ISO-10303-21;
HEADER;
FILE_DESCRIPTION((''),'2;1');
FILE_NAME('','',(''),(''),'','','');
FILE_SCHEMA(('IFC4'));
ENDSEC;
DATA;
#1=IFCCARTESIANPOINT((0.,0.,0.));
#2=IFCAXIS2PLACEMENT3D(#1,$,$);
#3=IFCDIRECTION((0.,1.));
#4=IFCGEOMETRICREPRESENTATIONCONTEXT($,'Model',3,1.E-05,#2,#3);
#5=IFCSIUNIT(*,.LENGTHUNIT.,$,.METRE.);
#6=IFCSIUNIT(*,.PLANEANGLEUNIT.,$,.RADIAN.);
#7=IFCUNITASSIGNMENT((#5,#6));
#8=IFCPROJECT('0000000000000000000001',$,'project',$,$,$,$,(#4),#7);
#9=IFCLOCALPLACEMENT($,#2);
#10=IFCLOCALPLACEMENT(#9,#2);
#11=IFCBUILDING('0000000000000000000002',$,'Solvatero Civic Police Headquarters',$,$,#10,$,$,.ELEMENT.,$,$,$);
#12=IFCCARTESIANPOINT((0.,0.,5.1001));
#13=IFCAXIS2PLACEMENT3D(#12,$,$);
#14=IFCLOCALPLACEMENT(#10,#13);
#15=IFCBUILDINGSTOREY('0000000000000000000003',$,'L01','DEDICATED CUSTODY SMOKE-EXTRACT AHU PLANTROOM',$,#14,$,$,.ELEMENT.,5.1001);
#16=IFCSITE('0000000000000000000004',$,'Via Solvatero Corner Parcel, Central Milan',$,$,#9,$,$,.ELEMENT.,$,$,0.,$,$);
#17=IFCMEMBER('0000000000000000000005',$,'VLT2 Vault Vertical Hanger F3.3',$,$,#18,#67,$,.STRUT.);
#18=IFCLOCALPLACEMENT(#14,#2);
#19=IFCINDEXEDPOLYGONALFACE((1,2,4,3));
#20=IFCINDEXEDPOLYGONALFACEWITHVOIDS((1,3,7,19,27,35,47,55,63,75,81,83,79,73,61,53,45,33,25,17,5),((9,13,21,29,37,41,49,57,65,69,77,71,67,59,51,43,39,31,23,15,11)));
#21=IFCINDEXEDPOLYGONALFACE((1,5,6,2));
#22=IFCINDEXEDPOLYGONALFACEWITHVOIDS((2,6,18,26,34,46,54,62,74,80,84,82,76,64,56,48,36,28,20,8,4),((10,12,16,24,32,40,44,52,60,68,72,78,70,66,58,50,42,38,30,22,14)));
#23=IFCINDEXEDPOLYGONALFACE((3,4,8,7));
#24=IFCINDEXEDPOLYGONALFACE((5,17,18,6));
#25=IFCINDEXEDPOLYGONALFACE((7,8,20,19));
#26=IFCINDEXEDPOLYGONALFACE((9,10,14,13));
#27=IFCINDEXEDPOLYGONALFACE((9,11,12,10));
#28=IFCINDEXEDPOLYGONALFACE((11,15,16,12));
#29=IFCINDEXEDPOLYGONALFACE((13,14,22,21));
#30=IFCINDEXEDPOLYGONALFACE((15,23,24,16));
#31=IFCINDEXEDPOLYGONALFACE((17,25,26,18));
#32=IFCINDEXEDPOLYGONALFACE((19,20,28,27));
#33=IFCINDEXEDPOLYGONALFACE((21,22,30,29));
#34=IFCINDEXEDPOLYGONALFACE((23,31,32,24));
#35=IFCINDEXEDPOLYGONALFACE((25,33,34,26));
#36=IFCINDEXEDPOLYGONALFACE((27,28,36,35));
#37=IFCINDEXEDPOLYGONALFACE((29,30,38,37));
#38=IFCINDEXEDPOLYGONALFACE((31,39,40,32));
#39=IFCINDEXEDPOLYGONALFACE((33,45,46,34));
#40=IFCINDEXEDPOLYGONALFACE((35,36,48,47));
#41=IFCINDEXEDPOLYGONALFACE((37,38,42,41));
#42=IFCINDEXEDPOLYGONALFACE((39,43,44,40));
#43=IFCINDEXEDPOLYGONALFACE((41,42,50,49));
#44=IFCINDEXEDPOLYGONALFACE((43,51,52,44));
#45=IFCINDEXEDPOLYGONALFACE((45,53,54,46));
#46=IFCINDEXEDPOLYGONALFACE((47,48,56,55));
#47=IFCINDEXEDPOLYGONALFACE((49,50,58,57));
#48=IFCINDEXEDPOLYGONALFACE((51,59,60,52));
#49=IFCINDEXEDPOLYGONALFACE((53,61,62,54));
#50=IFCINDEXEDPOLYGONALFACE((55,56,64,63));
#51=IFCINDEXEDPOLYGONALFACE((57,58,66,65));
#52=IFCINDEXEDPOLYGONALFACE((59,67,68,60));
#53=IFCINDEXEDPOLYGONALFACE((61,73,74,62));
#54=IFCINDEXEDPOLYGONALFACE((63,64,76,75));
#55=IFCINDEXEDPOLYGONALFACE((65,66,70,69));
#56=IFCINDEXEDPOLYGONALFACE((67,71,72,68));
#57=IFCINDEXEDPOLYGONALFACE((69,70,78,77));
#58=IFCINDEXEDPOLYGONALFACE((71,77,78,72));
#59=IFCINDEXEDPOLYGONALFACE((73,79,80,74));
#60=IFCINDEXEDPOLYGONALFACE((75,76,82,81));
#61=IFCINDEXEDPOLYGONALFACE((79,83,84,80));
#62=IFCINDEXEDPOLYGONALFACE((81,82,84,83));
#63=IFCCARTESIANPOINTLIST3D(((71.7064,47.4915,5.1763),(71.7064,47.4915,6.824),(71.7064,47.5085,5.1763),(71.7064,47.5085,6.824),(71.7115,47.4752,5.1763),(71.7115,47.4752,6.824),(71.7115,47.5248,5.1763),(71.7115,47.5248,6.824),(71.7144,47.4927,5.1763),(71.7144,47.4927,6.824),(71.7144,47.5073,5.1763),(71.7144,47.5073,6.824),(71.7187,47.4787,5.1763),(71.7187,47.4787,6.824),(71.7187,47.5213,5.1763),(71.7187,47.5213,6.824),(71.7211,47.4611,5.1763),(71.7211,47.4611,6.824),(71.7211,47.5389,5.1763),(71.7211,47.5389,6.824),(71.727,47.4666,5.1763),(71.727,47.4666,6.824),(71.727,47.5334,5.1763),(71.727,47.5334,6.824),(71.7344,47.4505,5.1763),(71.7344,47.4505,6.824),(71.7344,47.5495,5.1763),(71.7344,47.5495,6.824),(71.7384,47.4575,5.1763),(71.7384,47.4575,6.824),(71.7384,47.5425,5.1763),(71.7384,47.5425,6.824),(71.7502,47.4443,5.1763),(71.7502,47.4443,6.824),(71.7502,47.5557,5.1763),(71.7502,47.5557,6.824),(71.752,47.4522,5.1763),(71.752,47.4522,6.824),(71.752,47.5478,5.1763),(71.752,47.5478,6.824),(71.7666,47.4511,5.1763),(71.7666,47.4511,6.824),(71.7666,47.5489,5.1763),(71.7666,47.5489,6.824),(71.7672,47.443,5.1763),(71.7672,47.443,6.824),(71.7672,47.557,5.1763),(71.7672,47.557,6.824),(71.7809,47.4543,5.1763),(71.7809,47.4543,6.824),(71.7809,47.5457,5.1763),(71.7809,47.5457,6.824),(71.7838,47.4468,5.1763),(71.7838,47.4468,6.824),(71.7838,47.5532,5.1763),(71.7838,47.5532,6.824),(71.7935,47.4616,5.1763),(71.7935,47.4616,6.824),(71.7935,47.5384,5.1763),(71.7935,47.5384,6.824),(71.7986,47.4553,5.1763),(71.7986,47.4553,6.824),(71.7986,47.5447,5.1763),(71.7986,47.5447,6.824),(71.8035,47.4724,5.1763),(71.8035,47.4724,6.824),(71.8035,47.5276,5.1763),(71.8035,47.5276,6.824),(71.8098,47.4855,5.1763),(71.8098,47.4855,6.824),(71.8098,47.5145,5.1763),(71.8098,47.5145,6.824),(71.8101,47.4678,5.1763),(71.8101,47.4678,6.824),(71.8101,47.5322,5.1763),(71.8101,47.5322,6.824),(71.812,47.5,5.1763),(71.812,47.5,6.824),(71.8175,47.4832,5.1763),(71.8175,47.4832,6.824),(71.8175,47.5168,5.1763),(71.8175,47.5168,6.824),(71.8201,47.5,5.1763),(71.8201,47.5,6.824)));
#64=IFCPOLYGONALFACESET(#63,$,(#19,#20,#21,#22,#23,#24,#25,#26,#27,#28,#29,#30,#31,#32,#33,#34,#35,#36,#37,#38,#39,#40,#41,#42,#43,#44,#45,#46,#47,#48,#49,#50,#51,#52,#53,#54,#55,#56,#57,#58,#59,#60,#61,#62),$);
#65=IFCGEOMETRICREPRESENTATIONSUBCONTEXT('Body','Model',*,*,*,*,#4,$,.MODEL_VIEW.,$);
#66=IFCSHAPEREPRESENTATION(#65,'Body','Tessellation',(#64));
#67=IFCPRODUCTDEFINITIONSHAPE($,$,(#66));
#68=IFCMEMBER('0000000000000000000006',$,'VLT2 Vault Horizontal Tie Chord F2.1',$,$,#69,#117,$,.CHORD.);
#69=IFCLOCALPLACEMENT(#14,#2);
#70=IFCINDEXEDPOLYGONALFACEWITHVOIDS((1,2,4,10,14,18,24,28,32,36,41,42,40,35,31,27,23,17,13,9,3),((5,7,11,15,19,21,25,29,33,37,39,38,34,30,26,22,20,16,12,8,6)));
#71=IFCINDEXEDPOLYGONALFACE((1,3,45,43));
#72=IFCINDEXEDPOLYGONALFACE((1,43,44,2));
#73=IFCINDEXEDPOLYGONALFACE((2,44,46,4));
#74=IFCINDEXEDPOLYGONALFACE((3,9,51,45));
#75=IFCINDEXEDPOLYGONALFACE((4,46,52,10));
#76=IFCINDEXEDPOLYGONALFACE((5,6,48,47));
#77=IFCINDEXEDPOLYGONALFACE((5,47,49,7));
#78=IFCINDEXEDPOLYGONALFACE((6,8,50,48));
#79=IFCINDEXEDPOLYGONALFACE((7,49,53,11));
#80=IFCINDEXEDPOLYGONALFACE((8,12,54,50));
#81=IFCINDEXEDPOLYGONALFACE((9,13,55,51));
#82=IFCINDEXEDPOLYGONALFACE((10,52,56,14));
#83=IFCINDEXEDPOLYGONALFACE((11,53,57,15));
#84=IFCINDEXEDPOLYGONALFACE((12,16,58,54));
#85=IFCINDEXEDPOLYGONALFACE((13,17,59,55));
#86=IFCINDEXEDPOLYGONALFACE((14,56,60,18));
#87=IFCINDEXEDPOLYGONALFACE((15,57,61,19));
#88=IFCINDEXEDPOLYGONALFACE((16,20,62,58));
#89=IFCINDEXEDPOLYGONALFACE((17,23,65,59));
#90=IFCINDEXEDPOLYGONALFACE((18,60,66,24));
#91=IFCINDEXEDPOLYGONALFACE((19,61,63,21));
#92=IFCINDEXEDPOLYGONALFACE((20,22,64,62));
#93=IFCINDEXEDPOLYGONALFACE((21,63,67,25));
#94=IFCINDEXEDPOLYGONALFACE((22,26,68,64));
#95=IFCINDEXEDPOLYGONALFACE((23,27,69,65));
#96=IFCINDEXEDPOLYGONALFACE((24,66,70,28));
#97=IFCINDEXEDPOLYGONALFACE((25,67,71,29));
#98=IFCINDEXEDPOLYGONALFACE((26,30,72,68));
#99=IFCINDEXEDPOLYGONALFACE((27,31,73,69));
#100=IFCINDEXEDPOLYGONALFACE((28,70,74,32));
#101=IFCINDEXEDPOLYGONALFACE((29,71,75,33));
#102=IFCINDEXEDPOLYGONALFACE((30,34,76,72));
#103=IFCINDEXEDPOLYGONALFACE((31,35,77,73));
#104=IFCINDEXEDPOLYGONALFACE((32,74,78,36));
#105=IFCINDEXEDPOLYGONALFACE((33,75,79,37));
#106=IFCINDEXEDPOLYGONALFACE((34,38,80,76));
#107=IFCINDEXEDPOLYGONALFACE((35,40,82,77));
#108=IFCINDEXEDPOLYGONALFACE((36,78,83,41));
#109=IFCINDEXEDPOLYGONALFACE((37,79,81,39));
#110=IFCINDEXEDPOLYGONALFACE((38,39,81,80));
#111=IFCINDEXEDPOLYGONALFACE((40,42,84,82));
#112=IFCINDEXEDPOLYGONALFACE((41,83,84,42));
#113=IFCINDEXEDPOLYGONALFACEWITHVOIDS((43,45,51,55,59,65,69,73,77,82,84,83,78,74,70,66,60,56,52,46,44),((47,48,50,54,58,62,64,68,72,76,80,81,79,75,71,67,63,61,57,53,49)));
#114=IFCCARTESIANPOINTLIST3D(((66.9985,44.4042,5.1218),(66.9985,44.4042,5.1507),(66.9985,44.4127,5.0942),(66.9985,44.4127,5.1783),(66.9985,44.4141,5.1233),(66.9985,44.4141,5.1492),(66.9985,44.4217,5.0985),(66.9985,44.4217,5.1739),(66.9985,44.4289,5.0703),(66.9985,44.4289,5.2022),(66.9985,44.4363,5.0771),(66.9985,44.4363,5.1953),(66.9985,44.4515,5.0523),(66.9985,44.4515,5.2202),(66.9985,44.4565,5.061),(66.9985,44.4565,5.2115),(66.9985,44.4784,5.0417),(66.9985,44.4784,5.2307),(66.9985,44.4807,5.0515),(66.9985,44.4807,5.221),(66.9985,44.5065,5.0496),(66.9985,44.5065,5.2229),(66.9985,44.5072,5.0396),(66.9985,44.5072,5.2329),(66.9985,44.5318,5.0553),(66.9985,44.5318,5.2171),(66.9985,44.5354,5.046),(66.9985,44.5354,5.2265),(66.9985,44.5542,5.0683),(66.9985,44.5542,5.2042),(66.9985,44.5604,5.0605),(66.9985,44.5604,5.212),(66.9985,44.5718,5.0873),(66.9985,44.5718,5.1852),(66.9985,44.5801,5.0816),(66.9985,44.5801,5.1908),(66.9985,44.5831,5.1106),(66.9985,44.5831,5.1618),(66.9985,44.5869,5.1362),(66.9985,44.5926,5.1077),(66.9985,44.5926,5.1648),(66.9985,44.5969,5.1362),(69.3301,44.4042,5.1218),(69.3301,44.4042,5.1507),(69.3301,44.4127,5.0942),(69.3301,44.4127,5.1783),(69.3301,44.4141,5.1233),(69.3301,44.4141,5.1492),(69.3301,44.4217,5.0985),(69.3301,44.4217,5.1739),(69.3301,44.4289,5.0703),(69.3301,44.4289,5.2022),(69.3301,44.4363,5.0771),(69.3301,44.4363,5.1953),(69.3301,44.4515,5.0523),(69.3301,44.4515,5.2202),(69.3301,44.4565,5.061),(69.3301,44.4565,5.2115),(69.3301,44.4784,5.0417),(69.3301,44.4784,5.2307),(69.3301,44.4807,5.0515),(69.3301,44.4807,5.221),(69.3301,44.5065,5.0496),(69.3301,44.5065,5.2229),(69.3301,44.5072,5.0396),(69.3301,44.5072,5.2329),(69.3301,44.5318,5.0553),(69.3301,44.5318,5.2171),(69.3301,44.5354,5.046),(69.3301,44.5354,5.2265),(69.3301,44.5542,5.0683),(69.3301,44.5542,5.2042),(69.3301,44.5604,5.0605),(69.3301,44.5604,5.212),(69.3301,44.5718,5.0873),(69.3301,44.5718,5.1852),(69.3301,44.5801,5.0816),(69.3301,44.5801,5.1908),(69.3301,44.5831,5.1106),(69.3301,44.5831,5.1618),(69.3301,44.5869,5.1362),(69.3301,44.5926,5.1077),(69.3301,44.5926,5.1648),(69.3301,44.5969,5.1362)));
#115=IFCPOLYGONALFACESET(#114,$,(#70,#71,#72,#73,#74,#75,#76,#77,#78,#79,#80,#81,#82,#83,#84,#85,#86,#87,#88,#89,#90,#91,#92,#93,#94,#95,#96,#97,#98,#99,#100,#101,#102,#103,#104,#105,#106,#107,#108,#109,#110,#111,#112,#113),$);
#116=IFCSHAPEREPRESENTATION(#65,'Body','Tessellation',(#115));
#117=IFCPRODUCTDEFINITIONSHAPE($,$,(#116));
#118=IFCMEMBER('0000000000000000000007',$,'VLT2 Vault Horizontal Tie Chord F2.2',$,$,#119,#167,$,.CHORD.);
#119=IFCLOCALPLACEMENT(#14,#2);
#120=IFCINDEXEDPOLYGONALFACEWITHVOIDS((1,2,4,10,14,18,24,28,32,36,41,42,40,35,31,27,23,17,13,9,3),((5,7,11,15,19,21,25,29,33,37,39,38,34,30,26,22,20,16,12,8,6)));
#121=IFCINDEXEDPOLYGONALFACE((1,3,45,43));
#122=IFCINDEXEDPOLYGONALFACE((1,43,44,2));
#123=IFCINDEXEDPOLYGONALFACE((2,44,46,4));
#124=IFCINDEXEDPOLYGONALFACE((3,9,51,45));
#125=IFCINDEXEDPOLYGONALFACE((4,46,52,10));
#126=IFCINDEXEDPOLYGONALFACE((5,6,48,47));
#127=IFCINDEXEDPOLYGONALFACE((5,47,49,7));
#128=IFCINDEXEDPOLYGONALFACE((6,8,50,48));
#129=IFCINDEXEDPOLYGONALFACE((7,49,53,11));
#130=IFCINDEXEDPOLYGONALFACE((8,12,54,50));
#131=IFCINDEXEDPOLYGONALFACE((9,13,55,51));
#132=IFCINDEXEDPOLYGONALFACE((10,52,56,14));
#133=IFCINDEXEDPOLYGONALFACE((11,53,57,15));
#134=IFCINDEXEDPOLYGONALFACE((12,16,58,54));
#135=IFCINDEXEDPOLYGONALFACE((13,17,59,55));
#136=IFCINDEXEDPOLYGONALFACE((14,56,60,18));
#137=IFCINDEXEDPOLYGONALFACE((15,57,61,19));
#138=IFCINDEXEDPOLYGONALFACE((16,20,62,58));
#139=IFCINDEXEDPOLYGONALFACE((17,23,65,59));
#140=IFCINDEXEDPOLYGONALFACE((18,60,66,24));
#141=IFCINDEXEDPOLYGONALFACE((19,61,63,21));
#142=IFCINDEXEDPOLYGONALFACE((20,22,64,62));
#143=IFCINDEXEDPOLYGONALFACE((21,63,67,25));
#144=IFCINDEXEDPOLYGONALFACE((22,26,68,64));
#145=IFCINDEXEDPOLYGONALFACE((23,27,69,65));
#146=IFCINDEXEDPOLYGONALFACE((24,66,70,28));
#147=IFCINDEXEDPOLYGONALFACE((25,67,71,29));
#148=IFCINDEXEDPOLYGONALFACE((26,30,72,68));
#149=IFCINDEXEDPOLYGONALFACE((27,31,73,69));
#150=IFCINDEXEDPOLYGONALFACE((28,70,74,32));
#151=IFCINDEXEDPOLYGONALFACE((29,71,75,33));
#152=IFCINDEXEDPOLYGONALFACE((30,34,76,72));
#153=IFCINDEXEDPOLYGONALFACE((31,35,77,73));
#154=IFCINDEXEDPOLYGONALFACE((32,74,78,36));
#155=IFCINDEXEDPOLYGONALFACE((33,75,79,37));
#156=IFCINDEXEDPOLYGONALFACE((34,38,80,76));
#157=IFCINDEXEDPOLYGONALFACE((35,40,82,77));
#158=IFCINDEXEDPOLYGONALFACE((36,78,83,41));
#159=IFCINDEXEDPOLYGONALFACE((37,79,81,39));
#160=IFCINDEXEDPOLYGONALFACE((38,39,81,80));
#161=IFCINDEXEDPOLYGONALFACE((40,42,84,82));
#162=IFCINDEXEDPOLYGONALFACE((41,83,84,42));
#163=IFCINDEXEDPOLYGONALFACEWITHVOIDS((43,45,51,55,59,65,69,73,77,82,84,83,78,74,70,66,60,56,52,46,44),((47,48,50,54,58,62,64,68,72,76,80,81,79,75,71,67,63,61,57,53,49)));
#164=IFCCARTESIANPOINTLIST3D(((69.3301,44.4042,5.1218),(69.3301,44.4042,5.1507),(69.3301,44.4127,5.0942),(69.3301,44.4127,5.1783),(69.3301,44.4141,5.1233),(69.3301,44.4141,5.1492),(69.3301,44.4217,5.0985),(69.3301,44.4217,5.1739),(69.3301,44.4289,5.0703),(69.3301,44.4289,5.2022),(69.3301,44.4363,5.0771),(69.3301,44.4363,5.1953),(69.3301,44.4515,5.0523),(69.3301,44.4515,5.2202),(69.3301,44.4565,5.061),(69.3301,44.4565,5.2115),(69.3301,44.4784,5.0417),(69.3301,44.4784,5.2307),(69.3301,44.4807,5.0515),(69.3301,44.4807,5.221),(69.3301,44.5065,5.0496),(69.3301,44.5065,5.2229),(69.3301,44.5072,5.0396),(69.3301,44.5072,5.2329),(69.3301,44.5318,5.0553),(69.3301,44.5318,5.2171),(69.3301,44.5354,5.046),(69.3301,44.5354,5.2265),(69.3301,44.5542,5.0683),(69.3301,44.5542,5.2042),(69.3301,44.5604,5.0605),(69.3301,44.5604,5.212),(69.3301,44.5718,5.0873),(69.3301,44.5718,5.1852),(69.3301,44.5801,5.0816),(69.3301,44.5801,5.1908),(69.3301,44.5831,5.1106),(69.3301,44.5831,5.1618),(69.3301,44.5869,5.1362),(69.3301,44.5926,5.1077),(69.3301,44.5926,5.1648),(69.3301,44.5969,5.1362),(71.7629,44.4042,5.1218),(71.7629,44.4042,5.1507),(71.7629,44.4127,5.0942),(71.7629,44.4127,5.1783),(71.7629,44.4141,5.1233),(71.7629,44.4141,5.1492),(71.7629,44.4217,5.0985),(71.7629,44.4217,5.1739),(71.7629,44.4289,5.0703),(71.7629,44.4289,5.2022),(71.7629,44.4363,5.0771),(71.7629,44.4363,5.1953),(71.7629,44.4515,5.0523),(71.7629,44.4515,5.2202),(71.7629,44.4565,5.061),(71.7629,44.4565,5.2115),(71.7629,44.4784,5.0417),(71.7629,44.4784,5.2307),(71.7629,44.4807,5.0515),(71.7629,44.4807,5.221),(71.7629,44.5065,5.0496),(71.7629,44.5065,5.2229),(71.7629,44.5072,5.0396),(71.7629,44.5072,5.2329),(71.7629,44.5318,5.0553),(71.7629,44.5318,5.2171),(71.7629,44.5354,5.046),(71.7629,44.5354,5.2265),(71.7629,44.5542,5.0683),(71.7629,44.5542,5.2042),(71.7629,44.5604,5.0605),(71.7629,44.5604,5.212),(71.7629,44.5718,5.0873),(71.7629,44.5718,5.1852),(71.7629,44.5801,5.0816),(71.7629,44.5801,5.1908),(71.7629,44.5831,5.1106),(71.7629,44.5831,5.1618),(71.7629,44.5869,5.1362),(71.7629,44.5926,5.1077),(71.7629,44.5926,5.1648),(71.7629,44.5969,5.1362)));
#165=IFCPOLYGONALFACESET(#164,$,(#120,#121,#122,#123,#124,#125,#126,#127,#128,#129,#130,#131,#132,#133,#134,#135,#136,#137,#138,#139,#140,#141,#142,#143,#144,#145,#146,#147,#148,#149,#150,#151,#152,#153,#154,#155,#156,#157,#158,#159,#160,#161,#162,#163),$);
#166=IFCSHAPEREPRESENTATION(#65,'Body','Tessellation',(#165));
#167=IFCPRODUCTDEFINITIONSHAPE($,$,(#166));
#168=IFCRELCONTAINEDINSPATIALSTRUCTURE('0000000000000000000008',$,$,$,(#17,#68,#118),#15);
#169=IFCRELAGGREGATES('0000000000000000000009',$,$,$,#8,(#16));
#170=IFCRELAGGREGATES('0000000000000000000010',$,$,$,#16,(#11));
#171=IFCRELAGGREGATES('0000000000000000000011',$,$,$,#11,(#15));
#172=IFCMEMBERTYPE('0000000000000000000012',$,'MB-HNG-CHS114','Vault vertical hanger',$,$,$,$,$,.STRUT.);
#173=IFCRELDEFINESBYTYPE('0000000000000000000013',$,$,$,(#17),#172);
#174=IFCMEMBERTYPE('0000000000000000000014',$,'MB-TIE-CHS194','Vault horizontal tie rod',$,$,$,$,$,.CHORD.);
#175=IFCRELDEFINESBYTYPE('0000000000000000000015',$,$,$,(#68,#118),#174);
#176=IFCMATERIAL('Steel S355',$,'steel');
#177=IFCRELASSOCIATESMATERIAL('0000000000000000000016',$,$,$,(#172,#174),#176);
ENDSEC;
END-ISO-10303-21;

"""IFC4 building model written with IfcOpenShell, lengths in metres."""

from ifc_helpers import new_model, si_unit, direction, frame, origin, origin_2d, place, context, subcontext, project, spatial, hollow_circle, extrude, material, material_profile, profile_set, type_object, element, save


model = new_model("IFC4")

# Units and contexts
model_context = context("Model", 3, precision=1e-05, world=origin(), true_north=direction((0.0, 1.0)))
body_context = subcontext(model_context, "Body", "Model", "MODEL_VIEW")
ifc_project = project(units=[si_unit("LENGTHUNIT", "METRE"), si_unit("PLANEANGLEUNIT", "RADIAN")], contexts=[model_context])

# Site, building, storey
site_placement = place(None, origin())
site = spatial("IfcSite", under=ifc_project, at=site_placement, Name="Via Solvatero Corner Parcel, Central Milan", CompositionType="ELEMENT", RefElevation=0.0)
building_placement = place(site_placement, origin())
building = spatial("IfcBuilding", under=site, at=building_placement, Name="Solvatero Civic Police Headquarters", CompositionType="ELEMENT")
storey_placement = place(building_placement, frame((0.0, 0.0, 5.1001)))
storey = spatial("IfcBuildingStorey", under=building, at=storey_placement, Name="L01", Description="DEDICATED CUSTODY SMOKE-EXTRACT AHU PLANTROOM", CompositionType="ELEMENT", Elevation=5.1001)

# Shared definitions
ifc_material_1 = material(Name="Steel S355", Category="steel")

# Members
ifc_material_profile_1 = material_profile(ifc_material_1, hollow_circle(Radius=0.0571, WallThickness=0.0081, at=origin_2d()), Name="CHS 114.3x8.0")
ifc_profile_set_1 = profile_set([ifc_material_profile_1], Name="Steel S355")
member_type_1 = type_object("IfcMemberType", Name="MB-HNG-CHS114", Description="Vault vertical hanger", PredefinedType="STRUT", material=ifc_profile_set_1)
member_1_placement = place(storey_placement, frame((71.7629, 47.5, 5.1763), z_axis=(0.0, 0.0, 1.0), x_axis=(1.0, 0.0, 0.0)))
element("IfcMember", 1, at=member_1_placement, inside=storey, type_object=member_type_1, Name="VLT2 Vault Vertical Hanger F3.3", PredefinedType="STRUT", context=body_context, shape_type="SweptSolid", body=[
    extrude(hollow_circle(Radius=0.0571, WallThickness=0.0081, at=origin_2d()), origin(), (0.0, 0.0, 1.0), 1.6477),
])
ifc_material_profile_2 = material_profile(ifc_material_1, hollow_circle(Radius=0.0969, WallThickness=0.01, at=origin_2d()), Name="CHS 193.7x10.0")
ifc_profile_set_2 = profile_set([ifc_material_profile_2], Name="Steel S355")
member_type_2 = type_object("IfcMemberType", Name="MB-TIE-CHS194", Description="Vault horizontal tie rod", PredefinedType="CHORD", material=ifc_profile_set_2)
member_2_placement = place(storey_placement, frame((66.9985, 44.5, 5.1362), z_axis=(1.0, 0.0, 0.0), x_axis=(0.0, 1.0, 0.0)))
element("IfcMember", 2, at=member_2_placement, inside=storey, type_object=member_type_2, Name="VLT2 Vault Horizontal Tie Chord F2.1", PredefinedType="CHORD", context=body_context, shape_type="SweptSolid", body=[
    extrude(hollow_circle(Radius=0.0969, WallThickness=0.01, at=origin_2d()), origin(), (0.0, 0.0, 1.0), 2.3315),
])
member_3_placement = place(storey_placement, frame((69.3301, 44.5, 5.1362), z_axis=(1.0, 0.0, 0.0), x_axis=(0.0, 1.0, 0.0)))
element("IfcMember", 3, at=member_3_placement, inside=storey, type_object=member_type_2, Name="VLT2 Vault Horizontal Tie Chord F2.2", PredefinedType="CHORD", context=body_context, shape_type="SweptSolid", body=[
    extrude(hollow_circle(Radius=0.0969, WallThickness=0.01, at=origin_2d()), origin(), (0.0, 0.0, 1.0), 2.4329),
])

save(model, "model.ifc")
